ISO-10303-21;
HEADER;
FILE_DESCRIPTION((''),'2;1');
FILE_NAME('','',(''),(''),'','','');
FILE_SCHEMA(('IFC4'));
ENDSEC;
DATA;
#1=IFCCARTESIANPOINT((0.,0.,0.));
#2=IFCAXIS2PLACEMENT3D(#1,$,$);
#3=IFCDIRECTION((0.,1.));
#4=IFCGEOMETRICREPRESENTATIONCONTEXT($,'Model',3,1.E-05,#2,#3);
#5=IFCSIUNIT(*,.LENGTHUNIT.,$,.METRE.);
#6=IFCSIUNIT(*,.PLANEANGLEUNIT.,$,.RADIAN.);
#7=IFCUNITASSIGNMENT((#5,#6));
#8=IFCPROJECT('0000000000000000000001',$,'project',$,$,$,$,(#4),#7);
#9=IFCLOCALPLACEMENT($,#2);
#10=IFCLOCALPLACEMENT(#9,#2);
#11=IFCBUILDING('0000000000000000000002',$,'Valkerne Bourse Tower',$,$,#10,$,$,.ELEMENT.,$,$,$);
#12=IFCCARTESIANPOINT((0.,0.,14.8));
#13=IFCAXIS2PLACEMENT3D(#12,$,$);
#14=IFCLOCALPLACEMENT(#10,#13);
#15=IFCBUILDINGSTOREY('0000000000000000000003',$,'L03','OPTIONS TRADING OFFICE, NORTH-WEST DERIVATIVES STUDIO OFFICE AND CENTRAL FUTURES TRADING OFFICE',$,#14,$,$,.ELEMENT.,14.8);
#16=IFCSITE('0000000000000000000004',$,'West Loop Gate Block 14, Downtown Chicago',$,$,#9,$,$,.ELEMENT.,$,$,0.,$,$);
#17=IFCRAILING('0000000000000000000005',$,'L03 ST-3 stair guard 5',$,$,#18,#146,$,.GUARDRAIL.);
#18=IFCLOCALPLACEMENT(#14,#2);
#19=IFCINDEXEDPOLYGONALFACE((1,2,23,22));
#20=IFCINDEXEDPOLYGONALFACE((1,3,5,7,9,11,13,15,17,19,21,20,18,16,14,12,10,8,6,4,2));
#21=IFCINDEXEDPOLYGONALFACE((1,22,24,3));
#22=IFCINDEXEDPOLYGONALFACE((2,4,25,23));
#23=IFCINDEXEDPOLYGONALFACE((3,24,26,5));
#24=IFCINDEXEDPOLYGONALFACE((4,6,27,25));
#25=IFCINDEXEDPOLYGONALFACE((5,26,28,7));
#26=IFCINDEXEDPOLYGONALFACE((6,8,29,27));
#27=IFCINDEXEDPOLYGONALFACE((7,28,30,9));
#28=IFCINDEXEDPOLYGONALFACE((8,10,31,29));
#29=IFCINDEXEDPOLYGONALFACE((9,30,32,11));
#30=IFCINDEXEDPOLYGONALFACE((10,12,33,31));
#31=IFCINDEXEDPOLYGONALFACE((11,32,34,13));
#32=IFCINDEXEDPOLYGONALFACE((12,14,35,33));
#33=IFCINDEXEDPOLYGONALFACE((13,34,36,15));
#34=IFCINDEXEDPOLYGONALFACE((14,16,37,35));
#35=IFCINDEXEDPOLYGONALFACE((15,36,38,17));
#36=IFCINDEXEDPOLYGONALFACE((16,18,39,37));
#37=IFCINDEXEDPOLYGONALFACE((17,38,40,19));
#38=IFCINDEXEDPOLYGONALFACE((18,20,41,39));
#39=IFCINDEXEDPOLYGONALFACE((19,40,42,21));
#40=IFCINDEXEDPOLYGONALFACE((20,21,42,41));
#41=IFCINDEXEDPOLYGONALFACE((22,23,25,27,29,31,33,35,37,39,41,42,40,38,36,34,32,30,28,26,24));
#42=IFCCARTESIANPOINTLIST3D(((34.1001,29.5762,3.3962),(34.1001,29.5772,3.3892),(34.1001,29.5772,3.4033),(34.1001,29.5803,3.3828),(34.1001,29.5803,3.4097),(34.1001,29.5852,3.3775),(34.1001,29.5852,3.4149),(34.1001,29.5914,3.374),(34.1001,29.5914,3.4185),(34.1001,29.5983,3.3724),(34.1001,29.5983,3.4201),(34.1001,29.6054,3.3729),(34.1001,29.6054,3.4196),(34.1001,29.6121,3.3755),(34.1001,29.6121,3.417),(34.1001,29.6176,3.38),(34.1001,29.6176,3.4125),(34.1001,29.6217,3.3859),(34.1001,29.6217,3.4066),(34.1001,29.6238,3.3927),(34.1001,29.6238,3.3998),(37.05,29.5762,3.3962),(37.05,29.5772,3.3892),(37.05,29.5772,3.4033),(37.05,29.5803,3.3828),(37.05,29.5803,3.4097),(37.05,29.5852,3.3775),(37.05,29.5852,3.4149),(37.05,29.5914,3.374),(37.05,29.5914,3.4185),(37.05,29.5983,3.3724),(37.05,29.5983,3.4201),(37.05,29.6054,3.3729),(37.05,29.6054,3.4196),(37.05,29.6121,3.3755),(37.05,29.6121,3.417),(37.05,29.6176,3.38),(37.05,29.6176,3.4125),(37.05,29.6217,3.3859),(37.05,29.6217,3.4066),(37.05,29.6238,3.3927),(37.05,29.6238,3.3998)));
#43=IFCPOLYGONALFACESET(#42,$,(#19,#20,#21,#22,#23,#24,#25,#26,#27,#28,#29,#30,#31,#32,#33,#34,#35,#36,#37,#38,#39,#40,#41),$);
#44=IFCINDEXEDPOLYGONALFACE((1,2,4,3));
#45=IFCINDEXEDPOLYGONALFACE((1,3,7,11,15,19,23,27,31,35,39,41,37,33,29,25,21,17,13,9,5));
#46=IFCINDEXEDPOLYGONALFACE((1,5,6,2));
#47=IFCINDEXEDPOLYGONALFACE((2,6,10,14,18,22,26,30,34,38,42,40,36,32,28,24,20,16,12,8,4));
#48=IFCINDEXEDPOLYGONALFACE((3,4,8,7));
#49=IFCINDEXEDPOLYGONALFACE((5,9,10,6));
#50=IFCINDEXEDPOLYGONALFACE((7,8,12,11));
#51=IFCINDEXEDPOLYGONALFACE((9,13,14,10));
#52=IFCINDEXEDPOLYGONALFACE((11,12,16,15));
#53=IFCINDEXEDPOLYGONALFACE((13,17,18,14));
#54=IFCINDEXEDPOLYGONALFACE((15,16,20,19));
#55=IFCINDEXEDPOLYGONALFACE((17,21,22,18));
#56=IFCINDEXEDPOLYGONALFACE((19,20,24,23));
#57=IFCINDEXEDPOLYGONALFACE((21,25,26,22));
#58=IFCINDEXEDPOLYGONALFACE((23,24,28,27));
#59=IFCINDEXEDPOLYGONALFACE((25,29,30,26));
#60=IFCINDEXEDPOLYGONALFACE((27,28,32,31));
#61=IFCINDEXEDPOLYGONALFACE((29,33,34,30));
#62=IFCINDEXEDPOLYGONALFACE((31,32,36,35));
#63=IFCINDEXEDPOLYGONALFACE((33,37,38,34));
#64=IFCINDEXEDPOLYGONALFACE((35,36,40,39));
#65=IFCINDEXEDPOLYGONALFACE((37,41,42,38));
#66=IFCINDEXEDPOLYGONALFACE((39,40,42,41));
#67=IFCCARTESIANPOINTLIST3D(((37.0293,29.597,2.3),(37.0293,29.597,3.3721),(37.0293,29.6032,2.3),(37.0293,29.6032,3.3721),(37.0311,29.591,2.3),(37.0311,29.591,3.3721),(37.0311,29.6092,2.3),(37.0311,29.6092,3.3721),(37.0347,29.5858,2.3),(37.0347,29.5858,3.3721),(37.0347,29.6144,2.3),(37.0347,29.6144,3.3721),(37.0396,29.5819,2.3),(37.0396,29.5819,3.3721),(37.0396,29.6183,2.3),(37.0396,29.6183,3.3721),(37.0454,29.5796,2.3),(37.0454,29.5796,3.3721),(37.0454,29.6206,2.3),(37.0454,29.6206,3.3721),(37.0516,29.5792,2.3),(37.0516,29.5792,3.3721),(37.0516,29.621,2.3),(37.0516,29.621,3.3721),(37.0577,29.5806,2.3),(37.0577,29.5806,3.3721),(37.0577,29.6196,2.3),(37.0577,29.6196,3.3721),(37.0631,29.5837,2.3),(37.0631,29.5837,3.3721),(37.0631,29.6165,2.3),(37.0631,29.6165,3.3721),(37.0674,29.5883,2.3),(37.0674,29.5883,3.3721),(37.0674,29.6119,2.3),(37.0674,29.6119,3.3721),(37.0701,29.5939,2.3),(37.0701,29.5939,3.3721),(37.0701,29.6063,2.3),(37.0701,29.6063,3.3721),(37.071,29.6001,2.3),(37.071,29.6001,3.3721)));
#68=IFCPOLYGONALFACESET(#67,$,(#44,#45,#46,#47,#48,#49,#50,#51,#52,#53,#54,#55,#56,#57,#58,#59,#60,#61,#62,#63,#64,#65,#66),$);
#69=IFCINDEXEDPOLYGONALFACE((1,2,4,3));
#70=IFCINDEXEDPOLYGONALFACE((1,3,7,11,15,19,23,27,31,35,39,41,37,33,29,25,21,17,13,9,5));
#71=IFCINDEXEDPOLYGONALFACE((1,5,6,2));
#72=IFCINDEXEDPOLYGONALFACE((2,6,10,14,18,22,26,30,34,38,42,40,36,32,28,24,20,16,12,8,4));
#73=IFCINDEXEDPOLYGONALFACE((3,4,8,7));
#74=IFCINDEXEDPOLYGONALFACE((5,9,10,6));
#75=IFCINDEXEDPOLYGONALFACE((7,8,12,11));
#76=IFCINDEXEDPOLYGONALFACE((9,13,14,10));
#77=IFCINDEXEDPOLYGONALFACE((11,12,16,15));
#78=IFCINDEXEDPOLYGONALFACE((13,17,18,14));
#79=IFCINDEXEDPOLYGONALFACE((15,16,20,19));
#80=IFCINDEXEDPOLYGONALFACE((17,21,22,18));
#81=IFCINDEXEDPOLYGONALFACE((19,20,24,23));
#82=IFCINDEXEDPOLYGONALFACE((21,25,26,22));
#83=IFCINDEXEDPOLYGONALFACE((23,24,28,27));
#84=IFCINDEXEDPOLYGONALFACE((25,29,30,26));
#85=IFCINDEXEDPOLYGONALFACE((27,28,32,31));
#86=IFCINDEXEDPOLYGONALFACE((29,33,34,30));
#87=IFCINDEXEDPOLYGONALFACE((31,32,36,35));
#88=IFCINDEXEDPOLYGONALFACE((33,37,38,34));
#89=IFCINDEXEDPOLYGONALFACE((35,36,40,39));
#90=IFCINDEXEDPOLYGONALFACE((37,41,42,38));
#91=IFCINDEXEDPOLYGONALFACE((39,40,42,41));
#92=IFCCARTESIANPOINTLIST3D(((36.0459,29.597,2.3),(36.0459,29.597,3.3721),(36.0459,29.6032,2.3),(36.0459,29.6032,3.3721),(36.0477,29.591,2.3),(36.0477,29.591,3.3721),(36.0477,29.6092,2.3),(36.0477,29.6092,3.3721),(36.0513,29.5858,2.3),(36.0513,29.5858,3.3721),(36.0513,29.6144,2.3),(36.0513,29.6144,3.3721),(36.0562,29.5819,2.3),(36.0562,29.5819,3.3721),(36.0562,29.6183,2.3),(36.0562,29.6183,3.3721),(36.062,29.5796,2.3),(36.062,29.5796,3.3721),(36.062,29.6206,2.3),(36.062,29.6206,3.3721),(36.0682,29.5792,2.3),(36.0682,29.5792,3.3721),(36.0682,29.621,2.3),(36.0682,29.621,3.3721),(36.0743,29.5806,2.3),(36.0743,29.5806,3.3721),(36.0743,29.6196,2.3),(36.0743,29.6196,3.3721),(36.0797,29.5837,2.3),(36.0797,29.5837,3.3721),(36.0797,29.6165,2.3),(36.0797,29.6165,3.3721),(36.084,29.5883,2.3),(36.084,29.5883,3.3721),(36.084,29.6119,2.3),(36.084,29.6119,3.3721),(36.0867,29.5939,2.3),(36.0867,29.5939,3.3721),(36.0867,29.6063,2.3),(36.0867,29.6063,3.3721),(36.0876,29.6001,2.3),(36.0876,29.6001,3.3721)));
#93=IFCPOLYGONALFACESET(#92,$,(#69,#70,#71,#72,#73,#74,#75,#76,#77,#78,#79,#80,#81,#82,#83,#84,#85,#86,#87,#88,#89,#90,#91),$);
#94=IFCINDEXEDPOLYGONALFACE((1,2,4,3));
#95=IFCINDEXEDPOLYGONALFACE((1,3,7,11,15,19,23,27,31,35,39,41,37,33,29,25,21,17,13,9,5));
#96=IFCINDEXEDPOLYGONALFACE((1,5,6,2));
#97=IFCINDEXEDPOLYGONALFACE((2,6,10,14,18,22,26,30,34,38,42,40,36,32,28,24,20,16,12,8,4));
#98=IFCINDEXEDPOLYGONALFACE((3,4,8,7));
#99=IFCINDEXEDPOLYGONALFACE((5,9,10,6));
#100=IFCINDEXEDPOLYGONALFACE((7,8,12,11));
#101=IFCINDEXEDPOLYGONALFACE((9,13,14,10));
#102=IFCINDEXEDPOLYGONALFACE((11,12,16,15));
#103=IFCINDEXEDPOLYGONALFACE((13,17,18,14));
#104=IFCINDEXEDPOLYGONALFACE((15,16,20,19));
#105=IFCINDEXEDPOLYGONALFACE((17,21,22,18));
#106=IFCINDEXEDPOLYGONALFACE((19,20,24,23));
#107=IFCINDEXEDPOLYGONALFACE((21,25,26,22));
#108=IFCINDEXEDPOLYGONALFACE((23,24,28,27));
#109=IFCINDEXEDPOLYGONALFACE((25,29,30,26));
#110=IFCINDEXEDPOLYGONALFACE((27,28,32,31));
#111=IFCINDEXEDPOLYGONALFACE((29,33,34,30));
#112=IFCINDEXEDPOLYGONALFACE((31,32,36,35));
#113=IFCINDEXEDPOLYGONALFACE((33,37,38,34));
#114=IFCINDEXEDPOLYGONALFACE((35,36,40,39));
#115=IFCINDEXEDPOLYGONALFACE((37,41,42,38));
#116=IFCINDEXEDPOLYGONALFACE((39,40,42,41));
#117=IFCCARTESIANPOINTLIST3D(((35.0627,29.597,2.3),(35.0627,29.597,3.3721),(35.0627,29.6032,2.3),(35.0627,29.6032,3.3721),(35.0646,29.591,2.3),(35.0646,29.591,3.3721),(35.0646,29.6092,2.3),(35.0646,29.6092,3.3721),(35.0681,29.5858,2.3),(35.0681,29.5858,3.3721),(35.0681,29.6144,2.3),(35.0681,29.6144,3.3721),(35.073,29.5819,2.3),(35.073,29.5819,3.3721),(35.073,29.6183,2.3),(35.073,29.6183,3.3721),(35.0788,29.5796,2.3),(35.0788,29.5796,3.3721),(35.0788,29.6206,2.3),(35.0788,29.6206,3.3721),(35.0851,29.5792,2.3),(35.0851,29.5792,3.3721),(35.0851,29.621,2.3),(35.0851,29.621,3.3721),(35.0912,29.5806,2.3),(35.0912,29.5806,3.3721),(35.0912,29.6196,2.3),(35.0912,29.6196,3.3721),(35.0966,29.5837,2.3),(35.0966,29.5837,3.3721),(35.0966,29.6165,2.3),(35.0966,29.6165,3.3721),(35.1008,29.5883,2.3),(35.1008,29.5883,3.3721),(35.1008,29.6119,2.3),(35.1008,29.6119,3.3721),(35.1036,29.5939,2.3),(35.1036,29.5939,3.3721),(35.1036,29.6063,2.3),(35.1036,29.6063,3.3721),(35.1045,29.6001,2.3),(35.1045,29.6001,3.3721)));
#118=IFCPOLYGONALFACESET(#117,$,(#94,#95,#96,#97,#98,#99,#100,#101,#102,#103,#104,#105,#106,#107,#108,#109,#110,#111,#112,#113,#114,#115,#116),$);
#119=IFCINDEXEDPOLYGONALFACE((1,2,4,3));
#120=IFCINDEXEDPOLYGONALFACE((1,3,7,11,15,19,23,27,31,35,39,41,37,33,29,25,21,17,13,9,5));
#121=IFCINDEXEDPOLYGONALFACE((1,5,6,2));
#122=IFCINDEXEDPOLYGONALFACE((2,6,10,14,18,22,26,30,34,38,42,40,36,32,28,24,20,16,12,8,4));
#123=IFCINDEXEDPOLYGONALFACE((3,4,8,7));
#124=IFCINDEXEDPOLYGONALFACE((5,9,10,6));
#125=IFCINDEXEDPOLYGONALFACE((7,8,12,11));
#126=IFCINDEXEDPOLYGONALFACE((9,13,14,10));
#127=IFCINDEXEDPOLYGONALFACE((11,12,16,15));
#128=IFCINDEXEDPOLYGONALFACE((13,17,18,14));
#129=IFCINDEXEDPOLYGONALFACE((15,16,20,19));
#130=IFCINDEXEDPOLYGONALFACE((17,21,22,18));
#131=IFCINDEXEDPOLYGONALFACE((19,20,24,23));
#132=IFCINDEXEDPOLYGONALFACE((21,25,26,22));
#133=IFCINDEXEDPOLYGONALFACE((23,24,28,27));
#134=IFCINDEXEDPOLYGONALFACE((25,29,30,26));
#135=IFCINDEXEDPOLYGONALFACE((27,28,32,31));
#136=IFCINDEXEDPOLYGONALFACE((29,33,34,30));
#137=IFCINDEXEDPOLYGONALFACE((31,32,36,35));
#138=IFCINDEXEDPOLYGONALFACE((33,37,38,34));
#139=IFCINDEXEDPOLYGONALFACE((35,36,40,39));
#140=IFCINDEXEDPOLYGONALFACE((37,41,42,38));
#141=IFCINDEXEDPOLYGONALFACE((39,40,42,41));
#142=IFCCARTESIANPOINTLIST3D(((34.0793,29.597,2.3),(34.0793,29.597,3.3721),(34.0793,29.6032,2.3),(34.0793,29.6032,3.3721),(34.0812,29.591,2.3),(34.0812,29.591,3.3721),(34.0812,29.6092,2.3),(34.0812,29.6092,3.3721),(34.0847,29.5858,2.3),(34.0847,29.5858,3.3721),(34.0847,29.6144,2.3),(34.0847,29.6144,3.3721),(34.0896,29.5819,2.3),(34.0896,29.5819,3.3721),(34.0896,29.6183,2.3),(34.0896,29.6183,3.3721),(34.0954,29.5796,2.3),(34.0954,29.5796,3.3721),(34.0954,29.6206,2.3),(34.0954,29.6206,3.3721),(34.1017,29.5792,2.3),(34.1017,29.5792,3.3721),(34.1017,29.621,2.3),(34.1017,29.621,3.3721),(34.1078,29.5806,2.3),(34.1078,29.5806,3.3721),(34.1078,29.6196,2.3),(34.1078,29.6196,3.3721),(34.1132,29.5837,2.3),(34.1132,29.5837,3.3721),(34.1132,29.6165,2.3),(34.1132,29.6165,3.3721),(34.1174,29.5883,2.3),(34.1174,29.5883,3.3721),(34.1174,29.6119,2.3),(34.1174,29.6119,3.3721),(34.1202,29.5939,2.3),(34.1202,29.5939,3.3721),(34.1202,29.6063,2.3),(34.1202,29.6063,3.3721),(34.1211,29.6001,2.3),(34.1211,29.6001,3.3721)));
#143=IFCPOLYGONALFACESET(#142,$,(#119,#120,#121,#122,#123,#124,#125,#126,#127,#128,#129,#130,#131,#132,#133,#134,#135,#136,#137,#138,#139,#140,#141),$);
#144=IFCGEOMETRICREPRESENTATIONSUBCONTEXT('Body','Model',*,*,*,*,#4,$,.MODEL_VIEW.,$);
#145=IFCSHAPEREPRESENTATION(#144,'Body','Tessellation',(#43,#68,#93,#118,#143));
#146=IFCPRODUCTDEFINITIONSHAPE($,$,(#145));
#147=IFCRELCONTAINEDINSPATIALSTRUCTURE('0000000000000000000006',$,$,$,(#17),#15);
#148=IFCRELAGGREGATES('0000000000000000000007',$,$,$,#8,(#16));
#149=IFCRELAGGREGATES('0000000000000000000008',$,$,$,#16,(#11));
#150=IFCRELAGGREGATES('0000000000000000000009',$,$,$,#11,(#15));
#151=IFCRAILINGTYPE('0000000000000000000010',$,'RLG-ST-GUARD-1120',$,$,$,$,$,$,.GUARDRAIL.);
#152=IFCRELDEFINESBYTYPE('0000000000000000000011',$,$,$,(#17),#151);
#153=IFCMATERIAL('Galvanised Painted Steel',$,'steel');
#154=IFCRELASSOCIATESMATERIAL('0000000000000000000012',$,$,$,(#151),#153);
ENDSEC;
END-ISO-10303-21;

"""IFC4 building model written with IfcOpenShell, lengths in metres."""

from ifc_helpers import new_model, si_unit, direction, frame, origin, origin_2d, place, context, subcontext, project, spatial, circle, extrude, material, type_object, element, save


model = new_model("IFC4")

# Units and contexts
model_context = context("Model", 3, precision=1e-05, world=origin(), true_north=direction((0.0, 1.0)))
body_context = subcontext(model_context, "Body", "Model", "MODEL_VIEW")
ifc_project = project(units=[si_unit("LENGTHUNIT", "METRE"), si_unit("PLANEANGLEUNIT", "RADIAN")], contexts=[model_context])

# Site, building, storey
site_placement = place(None, origin())
site = spatial("IfcSite", under=ifc_project, at=site_placement, Name="West Loop Gate Block 14, Downtown Chicago", CompositionType="ELEMENT", RefElevation=0.0)
building_placement = place(site_placement, origin())
building = spatial("IfcBuilding", under=site, at=building_placement, Name="Valkerne Bourse Tower", CompositionType="ELEMENT")
storey_placement = place(building_placement, frame((0.0, 0.0, 14.8)))
storey = spatial("IfcBuildingStorey", under=building, at=storey_placement, Name="L03", Description="OPTIONS TRADING OFFICE, NORTH-WEST DERIVATIVES STUDIO OFFICE AND CENTRAL FUTURES TRADING OFFICE", CompositionType="ELEMENT", Elevation=14.8)

# Shared definitions
ifc_material_1 = material(Name="Galvanised Painted Steel", Category="steel")

# Railing
railing_type_1 = type_object("IfcRailingType", Name="RLG-ST-GUARD-1120", PredefinedType="GUARDRAIL", material=ifc_material_1)
railing_1_placement = place(storey_placement, frame((37.05, 29.6001, 2.3)))
element("IfcRailing", 1, at=railing_1_placement, inside=storey, type_object=railing_type_1, Name="L03 ST-3 stair guard 5", PredefinedType="GUARDRAIL", context=body_context, shape_type="SweptSolid", body=[
    extrude(circle(Radius=0.0239, at=origin_2d()), frame((0.0, 0.0, 1.0962), z_axis=(-1.0, 0.0, 0.0), x_axis=(0.0, -1.0, 0.0)), (0.0, 0.0, 1.0), 2.95),
    extrude(circle(Radius=0.021, at=origin_2d()), origin(), (0.0, 0.0, 1.0), 1.072),
    extrude(circle(Radius=0.021, at=origin_2d()), frame((-0.9834, 0.0, 0.0)), (0.0, 0.0, 1.0), 1.072),
    extrude(circle(Radius=0.021, at=origin_2d()), frame((-1.9666, 0.0, 0.0)), (0.0, 0.0, 1.0), 1.072),
    extrude(circle(Radius=0.021, at=origin_2d()), frame((-2.95, 0.0, 0.0)), (0.0, 0.0, 1.0), 1.072),
])

save(model, "model.ifc")
